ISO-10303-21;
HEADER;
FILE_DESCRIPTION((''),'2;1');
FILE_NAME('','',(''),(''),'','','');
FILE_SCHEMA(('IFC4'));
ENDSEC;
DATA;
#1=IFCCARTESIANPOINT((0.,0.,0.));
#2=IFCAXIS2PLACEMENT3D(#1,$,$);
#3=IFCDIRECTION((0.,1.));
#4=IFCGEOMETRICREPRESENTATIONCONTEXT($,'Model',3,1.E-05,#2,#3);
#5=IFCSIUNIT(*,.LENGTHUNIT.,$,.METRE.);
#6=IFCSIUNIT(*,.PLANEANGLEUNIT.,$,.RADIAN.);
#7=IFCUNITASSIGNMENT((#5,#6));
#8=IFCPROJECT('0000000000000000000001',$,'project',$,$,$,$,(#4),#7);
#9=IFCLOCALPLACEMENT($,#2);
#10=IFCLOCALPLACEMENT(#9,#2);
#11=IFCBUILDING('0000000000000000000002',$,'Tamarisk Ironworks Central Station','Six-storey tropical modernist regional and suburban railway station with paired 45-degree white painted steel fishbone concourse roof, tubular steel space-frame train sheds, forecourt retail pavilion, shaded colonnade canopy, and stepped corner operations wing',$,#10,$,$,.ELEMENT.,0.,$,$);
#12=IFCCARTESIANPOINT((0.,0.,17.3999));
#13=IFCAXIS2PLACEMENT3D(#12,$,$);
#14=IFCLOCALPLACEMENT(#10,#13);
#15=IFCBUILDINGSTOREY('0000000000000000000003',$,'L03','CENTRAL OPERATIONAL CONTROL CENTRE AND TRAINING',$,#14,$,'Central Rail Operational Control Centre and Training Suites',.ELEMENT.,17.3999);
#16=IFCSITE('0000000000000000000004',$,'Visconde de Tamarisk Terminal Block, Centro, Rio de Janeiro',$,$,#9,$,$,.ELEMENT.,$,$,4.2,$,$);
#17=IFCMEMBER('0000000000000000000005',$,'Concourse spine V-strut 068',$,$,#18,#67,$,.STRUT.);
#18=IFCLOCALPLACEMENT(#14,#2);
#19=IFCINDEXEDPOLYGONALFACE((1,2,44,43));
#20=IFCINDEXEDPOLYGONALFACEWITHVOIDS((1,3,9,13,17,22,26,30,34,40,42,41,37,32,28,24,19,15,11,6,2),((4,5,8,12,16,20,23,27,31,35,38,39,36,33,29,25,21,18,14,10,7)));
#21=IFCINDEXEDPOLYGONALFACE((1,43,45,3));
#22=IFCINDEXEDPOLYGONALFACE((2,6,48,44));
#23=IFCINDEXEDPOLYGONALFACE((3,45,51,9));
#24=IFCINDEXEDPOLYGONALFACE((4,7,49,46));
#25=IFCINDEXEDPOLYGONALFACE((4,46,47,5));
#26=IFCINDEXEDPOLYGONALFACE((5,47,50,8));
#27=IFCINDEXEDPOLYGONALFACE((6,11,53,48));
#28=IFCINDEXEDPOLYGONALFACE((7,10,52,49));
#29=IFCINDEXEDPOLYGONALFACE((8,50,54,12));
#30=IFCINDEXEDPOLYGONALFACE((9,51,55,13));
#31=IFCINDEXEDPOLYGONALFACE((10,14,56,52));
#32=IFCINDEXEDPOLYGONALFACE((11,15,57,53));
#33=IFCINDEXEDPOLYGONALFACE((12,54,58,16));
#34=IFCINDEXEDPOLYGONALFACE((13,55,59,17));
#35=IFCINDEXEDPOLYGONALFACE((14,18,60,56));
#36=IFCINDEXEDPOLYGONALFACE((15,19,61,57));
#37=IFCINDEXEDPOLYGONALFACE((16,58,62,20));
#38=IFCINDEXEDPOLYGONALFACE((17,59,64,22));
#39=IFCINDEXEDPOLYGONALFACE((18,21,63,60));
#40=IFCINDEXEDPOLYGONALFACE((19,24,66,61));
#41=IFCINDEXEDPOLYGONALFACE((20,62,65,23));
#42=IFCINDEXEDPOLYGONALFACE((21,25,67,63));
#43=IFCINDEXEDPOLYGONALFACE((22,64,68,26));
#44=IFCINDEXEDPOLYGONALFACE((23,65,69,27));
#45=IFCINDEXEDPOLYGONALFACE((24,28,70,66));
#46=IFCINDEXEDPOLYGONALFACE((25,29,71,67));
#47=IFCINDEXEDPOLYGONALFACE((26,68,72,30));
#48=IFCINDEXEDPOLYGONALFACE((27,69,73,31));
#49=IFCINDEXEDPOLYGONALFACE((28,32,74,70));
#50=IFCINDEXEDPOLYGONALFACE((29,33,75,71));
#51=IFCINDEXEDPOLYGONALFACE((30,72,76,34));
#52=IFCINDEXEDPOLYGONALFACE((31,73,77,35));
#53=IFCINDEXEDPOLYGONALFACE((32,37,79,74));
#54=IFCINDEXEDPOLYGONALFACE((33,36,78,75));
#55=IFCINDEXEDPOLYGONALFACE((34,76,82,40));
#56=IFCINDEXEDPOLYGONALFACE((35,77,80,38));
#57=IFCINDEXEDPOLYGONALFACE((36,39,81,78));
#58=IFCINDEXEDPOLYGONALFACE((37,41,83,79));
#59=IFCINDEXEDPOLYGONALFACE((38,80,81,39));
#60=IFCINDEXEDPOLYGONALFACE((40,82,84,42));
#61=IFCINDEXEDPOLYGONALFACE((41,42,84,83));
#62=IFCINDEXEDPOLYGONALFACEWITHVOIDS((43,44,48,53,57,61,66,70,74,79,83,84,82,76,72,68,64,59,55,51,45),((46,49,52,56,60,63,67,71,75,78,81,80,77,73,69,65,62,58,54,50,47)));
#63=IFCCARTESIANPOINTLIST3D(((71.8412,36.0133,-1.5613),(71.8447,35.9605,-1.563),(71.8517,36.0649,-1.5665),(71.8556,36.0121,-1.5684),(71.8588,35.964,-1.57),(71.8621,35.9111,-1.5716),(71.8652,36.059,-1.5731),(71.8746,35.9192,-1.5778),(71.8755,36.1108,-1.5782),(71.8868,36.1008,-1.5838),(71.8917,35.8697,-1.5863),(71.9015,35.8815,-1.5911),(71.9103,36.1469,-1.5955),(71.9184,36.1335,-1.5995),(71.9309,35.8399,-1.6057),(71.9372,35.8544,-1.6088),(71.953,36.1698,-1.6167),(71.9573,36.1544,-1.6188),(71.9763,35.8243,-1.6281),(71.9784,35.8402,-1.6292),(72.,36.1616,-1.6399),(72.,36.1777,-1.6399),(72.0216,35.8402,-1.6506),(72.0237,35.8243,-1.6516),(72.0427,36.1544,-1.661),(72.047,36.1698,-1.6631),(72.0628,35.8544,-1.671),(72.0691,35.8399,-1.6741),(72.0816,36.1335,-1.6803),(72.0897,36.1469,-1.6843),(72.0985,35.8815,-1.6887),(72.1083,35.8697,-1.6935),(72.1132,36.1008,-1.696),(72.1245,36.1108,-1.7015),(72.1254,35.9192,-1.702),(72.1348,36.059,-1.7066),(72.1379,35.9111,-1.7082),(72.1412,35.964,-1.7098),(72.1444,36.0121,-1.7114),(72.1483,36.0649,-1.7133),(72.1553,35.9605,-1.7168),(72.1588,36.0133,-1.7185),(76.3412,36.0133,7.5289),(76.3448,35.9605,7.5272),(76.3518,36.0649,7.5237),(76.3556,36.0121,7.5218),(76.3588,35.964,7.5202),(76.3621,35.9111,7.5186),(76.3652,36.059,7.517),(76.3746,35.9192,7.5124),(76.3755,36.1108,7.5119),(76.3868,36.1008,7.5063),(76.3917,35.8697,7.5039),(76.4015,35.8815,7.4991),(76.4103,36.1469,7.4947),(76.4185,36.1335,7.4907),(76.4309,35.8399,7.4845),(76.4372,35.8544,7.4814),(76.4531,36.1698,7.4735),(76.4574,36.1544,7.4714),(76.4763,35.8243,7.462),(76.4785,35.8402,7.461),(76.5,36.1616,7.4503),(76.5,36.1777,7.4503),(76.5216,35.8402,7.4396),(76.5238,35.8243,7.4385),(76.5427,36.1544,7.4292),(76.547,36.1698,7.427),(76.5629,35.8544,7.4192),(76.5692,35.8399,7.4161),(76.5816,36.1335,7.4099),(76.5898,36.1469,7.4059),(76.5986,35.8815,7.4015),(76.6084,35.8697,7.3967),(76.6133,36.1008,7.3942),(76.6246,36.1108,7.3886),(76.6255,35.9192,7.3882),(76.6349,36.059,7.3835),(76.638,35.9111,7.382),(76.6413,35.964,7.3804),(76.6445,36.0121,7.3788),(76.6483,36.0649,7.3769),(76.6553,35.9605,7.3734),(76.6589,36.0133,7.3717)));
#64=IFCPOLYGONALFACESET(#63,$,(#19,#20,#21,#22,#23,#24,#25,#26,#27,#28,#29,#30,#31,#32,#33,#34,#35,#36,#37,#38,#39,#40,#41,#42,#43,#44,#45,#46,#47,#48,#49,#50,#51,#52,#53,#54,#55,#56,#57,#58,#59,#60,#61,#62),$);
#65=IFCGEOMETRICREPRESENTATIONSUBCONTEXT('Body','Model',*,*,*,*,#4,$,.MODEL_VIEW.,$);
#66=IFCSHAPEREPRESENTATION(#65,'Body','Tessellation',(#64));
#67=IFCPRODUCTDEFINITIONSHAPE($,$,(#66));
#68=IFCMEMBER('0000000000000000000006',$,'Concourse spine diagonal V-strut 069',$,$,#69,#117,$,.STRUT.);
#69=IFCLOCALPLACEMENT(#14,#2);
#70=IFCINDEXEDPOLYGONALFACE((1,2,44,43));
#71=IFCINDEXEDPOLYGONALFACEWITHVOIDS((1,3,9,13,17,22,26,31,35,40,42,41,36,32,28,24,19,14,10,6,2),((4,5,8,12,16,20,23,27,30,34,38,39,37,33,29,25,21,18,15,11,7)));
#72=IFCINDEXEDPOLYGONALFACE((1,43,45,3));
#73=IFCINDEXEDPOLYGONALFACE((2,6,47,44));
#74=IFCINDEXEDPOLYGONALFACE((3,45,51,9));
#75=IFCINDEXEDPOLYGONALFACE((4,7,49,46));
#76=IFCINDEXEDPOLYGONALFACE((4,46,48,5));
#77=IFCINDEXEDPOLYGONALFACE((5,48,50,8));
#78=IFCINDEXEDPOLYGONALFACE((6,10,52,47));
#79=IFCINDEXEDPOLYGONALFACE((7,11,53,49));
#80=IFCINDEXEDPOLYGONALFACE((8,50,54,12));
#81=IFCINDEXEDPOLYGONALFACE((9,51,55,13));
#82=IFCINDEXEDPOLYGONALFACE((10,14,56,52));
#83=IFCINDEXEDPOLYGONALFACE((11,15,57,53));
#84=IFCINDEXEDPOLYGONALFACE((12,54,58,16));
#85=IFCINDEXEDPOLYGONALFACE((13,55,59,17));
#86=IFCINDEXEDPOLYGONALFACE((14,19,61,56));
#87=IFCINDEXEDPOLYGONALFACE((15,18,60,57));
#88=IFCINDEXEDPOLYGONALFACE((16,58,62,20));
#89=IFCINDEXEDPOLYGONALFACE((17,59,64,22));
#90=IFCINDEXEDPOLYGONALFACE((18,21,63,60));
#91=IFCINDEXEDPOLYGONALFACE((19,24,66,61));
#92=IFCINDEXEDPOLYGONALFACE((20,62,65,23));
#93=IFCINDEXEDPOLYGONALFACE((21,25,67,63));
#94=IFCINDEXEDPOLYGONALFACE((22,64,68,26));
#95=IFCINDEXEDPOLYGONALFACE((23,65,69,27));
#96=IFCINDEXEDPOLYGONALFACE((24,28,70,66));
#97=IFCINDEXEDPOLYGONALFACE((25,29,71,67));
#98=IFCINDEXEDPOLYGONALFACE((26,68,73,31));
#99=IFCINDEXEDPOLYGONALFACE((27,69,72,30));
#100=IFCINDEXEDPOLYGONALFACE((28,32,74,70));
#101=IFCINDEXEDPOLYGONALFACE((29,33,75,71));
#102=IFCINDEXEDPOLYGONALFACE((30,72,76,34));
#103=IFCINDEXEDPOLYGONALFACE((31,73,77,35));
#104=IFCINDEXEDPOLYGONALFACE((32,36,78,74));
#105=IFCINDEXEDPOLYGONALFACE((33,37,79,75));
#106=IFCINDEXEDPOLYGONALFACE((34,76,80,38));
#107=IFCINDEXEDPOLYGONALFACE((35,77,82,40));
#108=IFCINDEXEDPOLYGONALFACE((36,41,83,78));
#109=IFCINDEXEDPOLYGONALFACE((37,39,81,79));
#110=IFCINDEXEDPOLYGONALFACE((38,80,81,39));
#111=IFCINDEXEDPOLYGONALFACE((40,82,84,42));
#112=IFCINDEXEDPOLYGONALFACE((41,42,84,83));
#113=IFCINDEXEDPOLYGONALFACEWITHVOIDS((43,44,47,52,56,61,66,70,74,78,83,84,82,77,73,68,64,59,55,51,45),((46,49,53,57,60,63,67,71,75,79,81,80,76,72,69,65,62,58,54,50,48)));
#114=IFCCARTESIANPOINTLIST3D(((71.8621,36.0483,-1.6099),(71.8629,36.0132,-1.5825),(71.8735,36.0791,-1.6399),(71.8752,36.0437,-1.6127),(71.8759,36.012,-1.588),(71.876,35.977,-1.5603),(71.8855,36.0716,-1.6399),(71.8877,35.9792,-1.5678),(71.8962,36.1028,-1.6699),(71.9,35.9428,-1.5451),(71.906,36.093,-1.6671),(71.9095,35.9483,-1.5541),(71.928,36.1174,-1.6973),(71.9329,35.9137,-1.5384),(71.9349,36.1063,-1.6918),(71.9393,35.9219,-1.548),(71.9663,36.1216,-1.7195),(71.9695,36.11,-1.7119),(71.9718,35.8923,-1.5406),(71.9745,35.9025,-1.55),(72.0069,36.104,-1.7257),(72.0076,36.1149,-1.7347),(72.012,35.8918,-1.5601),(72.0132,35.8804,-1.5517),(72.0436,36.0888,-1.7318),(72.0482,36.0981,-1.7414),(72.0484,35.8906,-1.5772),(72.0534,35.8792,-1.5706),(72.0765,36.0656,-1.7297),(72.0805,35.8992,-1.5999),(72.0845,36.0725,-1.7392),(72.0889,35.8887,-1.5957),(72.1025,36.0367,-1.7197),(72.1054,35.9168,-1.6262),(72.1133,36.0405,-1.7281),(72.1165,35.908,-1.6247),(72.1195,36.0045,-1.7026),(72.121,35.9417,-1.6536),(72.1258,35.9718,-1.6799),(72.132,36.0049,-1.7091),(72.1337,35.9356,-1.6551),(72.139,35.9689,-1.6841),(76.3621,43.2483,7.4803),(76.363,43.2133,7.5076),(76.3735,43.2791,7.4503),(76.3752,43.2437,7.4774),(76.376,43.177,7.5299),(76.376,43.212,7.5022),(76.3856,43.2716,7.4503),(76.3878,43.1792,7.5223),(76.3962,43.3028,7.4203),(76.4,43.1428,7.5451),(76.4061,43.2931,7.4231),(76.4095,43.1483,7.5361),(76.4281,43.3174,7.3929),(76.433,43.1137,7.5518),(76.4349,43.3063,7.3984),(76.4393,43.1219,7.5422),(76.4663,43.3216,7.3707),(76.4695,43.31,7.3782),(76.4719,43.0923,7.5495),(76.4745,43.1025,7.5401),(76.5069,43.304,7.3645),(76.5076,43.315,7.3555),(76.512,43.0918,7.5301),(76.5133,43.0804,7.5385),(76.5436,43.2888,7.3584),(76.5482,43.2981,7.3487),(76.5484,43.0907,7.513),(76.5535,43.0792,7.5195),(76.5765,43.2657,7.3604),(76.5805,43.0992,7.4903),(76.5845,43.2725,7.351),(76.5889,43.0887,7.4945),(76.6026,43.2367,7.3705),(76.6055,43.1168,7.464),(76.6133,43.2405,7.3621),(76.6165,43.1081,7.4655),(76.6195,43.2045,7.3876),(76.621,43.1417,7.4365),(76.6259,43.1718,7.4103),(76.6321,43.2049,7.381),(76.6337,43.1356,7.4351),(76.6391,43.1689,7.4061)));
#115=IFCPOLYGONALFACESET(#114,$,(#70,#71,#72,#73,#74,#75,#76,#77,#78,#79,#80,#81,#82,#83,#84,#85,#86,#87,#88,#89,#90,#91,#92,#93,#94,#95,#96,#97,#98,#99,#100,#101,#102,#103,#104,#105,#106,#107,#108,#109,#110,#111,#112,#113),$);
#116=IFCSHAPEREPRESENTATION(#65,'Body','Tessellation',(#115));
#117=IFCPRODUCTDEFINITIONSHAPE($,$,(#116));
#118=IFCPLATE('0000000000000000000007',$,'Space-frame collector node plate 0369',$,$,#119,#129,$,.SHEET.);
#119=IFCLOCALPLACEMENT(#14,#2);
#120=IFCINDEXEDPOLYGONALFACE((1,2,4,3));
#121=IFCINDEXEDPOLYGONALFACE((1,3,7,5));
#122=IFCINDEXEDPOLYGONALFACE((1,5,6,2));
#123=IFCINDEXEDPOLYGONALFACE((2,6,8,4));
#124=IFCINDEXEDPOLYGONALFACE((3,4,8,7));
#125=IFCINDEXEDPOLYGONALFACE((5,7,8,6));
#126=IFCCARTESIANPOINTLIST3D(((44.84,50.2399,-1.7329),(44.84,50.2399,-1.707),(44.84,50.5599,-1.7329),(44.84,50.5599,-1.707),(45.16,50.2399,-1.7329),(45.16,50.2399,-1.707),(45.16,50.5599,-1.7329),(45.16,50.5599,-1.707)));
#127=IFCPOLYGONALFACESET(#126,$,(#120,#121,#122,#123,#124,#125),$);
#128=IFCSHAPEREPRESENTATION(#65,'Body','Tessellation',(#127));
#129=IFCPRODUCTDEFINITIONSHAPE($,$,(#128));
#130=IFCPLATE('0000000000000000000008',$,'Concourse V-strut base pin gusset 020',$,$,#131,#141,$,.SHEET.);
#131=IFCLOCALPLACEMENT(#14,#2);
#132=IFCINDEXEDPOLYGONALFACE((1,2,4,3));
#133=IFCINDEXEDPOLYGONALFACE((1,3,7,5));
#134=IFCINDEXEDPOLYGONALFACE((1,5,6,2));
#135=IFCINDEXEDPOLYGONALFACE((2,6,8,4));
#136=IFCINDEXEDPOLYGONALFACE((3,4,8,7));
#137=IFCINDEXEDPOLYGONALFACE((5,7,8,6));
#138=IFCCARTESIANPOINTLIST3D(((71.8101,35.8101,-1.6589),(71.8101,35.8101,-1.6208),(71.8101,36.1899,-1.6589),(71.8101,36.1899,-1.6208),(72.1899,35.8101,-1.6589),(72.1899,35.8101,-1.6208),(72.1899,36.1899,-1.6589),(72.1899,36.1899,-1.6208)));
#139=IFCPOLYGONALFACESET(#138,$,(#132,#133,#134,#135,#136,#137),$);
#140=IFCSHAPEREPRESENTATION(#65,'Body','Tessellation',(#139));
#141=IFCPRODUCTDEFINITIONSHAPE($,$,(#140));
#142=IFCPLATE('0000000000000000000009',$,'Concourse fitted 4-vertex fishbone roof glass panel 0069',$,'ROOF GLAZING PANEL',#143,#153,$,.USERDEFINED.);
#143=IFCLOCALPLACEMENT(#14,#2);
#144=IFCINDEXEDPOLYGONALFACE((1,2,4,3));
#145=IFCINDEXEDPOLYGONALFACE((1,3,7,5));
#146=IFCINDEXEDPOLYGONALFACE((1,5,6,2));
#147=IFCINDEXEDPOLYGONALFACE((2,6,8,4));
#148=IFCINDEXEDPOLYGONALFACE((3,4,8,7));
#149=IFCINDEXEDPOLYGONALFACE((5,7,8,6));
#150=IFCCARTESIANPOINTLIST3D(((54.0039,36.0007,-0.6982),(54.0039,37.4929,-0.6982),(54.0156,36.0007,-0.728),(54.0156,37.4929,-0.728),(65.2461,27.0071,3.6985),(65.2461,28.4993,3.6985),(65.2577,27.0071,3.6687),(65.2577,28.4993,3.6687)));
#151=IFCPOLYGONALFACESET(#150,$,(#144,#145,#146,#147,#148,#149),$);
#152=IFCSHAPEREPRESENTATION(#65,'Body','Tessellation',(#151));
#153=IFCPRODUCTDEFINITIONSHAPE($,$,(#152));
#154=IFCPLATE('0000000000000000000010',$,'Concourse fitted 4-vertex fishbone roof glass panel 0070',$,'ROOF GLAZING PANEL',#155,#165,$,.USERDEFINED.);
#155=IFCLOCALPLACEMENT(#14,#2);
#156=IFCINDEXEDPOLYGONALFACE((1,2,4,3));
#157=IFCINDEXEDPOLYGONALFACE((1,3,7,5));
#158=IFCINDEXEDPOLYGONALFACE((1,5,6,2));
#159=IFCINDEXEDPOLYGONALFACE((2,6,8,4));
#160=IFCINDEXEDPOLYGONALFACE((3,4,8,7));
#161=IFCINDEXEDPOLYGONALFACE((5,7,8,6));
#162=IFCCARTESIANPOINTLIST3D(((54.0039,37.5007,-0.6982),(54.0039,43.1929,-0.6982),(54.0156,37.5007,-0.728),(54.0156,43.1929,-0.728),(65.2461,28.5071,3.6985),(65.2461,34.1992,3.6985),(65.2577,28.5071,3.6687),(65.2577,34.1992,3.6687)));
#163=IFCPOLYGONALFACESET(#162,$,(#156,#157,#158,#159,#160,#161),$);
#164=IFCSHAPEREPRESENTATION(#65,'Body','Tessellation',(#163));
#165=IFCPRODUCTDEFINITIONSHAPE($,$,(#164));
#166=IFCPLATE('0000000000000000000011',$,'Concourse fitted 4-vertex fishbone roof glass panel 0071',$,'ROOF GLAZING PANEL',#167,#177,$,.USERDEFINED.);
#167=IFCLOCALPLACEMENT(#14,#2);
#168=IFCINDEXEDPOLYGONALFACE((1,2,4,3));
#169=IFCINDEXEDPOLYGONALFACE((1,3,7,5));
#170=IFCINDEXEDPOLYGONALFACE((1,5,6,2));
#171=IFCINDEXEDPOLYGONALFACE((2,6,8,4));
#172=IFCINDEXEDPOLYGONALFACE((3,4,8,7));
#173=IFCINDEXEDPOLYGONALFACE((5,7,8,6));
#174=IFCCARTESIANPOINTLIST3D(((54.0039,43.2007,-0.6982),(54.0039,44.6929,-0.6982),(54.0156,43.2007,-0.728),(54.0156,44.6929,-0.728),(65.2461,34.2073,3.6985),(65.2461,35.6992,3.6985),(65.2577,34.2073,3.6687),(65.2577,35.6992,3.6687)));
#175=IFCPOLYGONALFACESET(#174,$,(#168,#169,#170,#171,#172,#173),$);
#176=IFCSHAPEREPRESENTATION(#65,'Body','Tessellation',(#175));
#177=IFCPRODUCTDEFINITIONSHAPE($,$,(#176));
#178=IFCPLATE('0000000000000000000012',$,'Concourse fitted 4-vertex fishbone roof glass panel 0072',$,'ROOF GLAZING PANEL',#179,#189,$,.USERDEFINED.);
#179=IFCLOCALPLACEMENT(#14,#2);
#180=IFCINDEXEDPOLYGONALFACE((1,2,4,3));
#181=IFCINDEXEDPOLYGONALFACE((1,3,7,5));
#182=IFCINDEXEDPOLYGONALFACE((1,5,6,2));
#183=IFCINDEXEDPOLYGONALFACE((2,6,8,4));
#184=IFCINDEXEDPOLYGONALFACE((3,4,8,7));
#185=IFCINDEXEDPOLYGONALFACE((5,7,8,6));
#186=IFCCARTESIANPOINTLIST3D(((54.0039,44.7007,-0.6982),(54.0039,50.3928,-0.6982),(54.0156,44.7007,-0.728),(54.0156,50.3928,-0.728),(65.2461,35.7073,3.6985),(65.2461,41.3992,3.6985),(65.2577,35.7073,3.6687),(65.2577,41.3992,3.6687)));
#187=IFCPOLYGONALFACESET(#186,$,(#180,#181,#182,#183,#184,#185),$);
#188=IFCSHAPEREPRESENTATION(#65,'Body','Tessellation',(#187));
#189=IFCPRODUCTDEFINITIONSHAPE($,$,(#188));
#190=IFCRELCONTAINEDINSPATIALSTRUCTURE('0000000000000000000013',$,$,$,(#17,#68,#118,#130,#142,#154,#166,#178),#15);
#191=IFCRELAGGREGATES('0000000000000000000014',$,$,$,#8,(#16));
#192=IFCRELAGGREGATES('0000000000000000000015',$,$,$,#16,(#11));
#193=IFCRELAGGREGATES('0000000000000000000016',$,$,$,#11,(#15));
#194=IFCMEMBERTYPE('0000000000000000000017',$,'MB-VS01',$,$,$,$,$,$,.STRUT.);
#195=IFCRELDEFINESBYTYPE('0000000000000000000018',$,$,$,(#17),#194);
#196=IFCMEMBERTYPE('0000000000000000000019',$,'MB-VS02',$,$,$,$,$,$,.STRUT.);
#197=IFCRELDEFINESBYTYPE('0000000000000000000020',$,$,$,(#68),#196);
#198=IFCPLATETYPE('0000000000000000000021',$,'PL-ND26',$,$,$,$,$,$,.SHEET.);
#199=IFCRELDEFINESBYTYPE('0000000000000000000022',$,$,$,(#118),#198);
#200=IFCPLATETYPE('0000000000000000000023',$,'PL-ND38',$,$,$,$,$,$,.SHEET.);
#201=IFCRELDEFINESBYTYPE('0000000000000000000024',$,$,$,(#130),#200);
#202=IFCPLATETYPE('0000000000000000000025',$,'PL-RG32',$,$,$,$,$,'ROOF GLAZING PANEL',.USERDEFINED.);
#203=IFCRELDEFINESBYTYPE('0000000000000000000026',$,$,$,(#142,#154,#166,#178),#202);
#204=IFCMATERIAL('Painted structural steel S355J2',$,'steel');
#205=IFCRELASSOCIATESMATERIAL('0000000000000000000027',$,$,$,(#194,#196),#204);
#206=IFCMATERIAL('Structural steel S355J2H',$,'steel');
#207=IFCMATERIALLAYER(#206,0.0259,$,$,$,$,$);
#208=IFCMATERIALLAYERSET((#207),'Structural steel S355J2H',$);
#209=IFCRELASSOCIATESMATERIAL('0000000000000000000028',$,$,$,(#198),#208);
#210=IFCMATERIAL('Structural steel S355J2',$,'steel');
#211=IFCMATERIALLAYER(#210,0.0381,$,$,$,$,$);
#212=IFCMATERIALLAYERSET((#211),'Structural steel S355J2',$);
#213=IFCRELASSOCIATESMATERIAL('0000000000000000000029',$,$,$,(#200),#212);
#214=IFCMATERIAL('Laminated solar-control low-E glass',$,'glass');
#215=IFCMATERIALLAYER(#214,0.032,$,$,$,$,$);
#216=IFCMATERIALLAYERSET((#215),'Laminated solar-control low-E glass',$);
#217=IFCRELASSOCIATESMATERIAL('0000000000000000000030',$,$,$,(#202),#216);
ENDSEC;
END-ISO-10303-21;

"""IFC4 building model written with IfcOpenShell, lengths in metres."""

from ifc_helpers import new_model, si_unit, direction, frame, origin, origin_2d, place, context, subcontext, project, spatial, polyline, rectangle, hollow_circle, outline, extrude, material, layer, layer_set, material_profile, profile_set, type_object, element, save


model = new_model("IFC4")

# Units and contexts
model_context = context("Model", 3, precision=1e-05, world=origin(), true_north=direction((0.0, 1.0)))
body_context = subcontext(model_context, "Body", "Model", "MODEL_VIEW")
ifc_project = project(units=[si_unit("LENGTHUNIT", "METRE"), si_unit("PLANEANGLEUNIT", "RADIAN")], contexts=[model_context])

# Site, building, storey
site_placement = place(None, origin())
site = spatial("IfcSite", under=ifc_project, at=site_placement, Name="Visconde de Tamarisk Terminal Block, Centro, Rio de Janeiro", CompositionType="ELEMENT", RefElevation=4.2)
building_placement = place(site_placement, origin())
building = spatial("IfcBuilding", under=site, at=building_placement, Name="Tamarisk Ironworks Central Station", Description="Six-storey tropical modernist regional and suburban railway station with paired 45-degree white painted steel fishbone concourse roof, tubular steel space-frame train sheds, forecourt retail pavilion, shaded colonnade canopy, and stepped corner operations wing", CompositionType="ELEMENT", ElevationOfRefHeight=0.0)
storey_placement = place(building_placement, frame((0.0, 0.0, 17.3999)))
storey = spatial("IfcBuildingStorey", under=building, at=storey_placement, Name="L03", Description="CENTRAL OPERATIONAL CONTROL CENTRE AND TRAINING", LongName="Central Rail Operational Control Centre and Training Suites", CompositionType="ELEMENT", Elevation=17.3999)

# Shared definitions
ifc_material_1 = material(Name="Painted structural steel S355J2", Category="steel")
ifc_material_2 = material(Name="Structural steel S355J2", Category="steel")

# Members
ifc_material_profile_1 = material_profile(ifc_material_1, hollow_circle(Radius=0.1777, WallThickness=0.0161, at=origin_2d()), Name="CHS 355.6x16")
ifc_profile_set_1 = profile_set([ifc_material_profile_1], Name="Painted structural steel S355J2")
member_type_1 = type_object("IfcMemberType", Name="MB-VS01", PredefinedType="STRUT", material=ifc_profile_set_1)
member_1_placement = place(storey_placement, frame((72.0, 36.0, -1.6399), z_axis=(0.443657, 0.0, 0.896196), x_axis=(0.0, 1.0, 0.0)))
element("IfcMember", 1, at=member_1_placement, inside=storey, type_object=member_type_1, Name="Concourse spine V-strut 068", PredefinedType="STRUT", context=body_context, shape_type="SweptSolid", body=[
    extrude(hollow_circle(Radius=0.1777, WallThickness=0.0161, at=origin_2d()), origin(), (0.0, 0.0, 1.0), 10.1431),
])
ifc_material_profile_2 = material_profile(ifc_material_1, hollow_circle(Radius=0.1492, WallThickness=0.0142, at=origin_2d()), Name="CHS 298.5x14.2")
ifc_profile_set_2 = profile_set([ifc_material_profile_2], Name="Painted structural steel S355J2")
member_type_2 = type_object("IfcMemberType", Name="MB-VS02", PredefinedType="STRUT", material=ifc_profile_set_2)
member_2_placement = place(storey_placement, frame((72.0, 36.0, -1.6399), z_axis=(0.361777, 0.578839, 0.730796), x_axis=(-0.847997, 0.530002, 0.0)))
element("IfcMember", 2, at=member_2_placement, inside=storey, type_object=member_type_2, Name="Concourse spine diagonal V-strut 069", PredefinedType="STRUT", context=body_context, shape_type="SweptSolid", body=[
    extrude(hollow_circle(Radius=0.1492, WallThickness=0.0142, at=origin_2d()), origin(), (0.0, 0.0, 1.0), 12.4387),
])

# Plates
ifc_material_3 = material(Name="Structural steel S355J2H", Category="steel")
ifc_layer_1 = layer(ifc_material_3, 0.0259)
ifc_layer_set_1 = layer_set([ifc_layer_1], Name="Structural steel S355J2H")
plate_type_1 = type_object("IfcPlateType", Name="PL-ND26", PredefinedType="SHEET", material=ifc_layer_set_1)
plate_1_placement = place(storey_placement, frame((45.0, 50.3999, -1.7329), z_axis=(0.0, 0.0, 1.0), x_axis=(1.0, 0.0, 0.0)))
element("IfcPlate", 3, at=plate_1_placement, inside=storey, type_object=plate_type_1, Name="Space-frame collector node plate 0369", PredefinedType="SHEET", context=body_context, shape_type="SweptSolid", body=[
    extrude(rectangle(XDim=0.3201, YDim=0.3201, at=origin_2d()), origin(), (0.0, 0.0, 1.0), 0.0259),
])
ifc_layer_2 = layer(ifc_material_2, 0.0381)
ifc_layer_set_2 = layer_set([ifc_layer_2], Name="Structural steel S355J2")
plate_type_2 = type_object("IfcPlateType", Name="PL-ND38", PredefinedType="SHEET", material=ifc_layer_set_2)
plate_2_placement = place(storey_placement, frame((72.0, 36.0, -1.6589), z_axis=(0.0, 0.0, 1.0), x_axis=(1.0, 0.0, 0.0)))
element("IfcPlate", 4, at=plate_2_placement, inside=storey, type_object=plate_type_2, Name="Concourse V-strut base pin gusset 020", PredefinedType="SHEET", context=body_context, shape_type="SweptSolid", body=[
    extrude(rectangle(XDim=0.3799, YDim=0.3799, at=origin_2d()), origin(), (0.0, 0.0, 1.0), 0.0381),
])
ifc_material_4 = material(Name="Laminated solar-control low-E glass", Category="glass")
ifc_layer_3 = layer(ifc_material_4, 0.032)
ifc_layer_set_3 = layer_set([ifc_layer_3], Name="Laminated solar-control low-E glass")
plate_type_3 = type_object("IfcPlateType", Name="PL-RG32", ElementType="ROOF GLAZING PANEL", PredefinedType="USERDEFINED", material=ifc_layer_set_3)
plate_3_placement = place(storey_placement, frame((65.2461, 27.0071, 3.6985), z_axis=(-0.364228, 0.0, 0.93131), x_axis=(0.0, 1.0, 0.0)))
element("IfcPlate", 5, at=plate_3_placement, inside=storey, type_object=plate_type_3, Name="Concourse fitted 4-vertex fishbone roof glass panel 0069", ObjectType="ROOF GLAZING PANEL", PredefinedType="USERDEFINED", context=body_context, shape_type="SweptSolid", body=[
    extrude(outline(polyline([(0.0, 0.0), (1.4922, 0.0), (10.4858, 12.0714), (8.9937, 12.0714), (0.0, 0.0)])), origin(), (0.0, 0.0, -1.0), 0.032),
])
plate_4_placement = place(storey_placement, frame((65.2461, 28.5071, 3.6985), z_axis=(-0.364228, 0.0, 0.93131), x_axis=(0.0, 1.0, 0.0)))
element("IfcPlate", 6, at=plate_4_placement, inside=storey, type_object=plate_type_3, Name="Concourse fitted 4-vertex fishbone roof glass panel 0070", ObjectType="ROOF GLAZING PANEL", PredefinedType="USERDEFINED", context=body_context, shape_type="SweptSolid", body=[
    extrude(outline(polyline([(0.0, 0.0), (5.6921, 0.0), (14.6858, 12.0714), (8.9937, 12.0714), (0.0, 0.0)])), origin(), (0.0, 0.0, -1.0), 0.032),
])
plate_5_placement = place(storey_placement, frame((65.2461, 34.2073, 3.6985), z_axis=(-0.364228, 0.0, 0.93131), x_axis=(0.0, 1.0, 0.0)))
element("IfcPlate", 7, at=plate_5_placement, inside=storey, type_object=plate_type_3, Name="Concourse fitted 4-vertex fishbone roof glass panel 0071", ObjectType="ROOF GLAZING PANEL", PredefinedType="USERDEFINED", context=body_context, shape_type="SweptSolid", body=[
    extrude(outline(polyline([(0.0, 0.0), (1.4919, 0.0), (10.4856, 12.0714), (8.9934, 12.0714), (0.0, 0.0)])), origin(), (0.0, 0.0, -1.0), 0.032),
])
plate_6_placement = place(storey_placement, frame((65.2461, 35.7073, 3.6985), z_axis=(-0.364228, 0.0, 0.93131), x_axis=(0.0, 1.0, 0.0)))
element("IfcPlate", 8, at=plate_6_placement, inside=storey, type_object=plate_type_3, Name="Concourse fitted 4-vertex fishbone roof glass panel 0072", ObjectType="ROOF GLAZING PANEL", PredefinedType="USERDEFINED", context=body_context, shape_type="SweptSolid", body=[
    extrude(outline(polyline([(0.0, 0.0), (5.6919, 0.0), (14.6855, 12.0714), (8.9934, 12.0714), (0.0, 0.0)])), origin(), (0.0, 0.0, -1.0), 0.032),
])

save(model, "model.ifc")
